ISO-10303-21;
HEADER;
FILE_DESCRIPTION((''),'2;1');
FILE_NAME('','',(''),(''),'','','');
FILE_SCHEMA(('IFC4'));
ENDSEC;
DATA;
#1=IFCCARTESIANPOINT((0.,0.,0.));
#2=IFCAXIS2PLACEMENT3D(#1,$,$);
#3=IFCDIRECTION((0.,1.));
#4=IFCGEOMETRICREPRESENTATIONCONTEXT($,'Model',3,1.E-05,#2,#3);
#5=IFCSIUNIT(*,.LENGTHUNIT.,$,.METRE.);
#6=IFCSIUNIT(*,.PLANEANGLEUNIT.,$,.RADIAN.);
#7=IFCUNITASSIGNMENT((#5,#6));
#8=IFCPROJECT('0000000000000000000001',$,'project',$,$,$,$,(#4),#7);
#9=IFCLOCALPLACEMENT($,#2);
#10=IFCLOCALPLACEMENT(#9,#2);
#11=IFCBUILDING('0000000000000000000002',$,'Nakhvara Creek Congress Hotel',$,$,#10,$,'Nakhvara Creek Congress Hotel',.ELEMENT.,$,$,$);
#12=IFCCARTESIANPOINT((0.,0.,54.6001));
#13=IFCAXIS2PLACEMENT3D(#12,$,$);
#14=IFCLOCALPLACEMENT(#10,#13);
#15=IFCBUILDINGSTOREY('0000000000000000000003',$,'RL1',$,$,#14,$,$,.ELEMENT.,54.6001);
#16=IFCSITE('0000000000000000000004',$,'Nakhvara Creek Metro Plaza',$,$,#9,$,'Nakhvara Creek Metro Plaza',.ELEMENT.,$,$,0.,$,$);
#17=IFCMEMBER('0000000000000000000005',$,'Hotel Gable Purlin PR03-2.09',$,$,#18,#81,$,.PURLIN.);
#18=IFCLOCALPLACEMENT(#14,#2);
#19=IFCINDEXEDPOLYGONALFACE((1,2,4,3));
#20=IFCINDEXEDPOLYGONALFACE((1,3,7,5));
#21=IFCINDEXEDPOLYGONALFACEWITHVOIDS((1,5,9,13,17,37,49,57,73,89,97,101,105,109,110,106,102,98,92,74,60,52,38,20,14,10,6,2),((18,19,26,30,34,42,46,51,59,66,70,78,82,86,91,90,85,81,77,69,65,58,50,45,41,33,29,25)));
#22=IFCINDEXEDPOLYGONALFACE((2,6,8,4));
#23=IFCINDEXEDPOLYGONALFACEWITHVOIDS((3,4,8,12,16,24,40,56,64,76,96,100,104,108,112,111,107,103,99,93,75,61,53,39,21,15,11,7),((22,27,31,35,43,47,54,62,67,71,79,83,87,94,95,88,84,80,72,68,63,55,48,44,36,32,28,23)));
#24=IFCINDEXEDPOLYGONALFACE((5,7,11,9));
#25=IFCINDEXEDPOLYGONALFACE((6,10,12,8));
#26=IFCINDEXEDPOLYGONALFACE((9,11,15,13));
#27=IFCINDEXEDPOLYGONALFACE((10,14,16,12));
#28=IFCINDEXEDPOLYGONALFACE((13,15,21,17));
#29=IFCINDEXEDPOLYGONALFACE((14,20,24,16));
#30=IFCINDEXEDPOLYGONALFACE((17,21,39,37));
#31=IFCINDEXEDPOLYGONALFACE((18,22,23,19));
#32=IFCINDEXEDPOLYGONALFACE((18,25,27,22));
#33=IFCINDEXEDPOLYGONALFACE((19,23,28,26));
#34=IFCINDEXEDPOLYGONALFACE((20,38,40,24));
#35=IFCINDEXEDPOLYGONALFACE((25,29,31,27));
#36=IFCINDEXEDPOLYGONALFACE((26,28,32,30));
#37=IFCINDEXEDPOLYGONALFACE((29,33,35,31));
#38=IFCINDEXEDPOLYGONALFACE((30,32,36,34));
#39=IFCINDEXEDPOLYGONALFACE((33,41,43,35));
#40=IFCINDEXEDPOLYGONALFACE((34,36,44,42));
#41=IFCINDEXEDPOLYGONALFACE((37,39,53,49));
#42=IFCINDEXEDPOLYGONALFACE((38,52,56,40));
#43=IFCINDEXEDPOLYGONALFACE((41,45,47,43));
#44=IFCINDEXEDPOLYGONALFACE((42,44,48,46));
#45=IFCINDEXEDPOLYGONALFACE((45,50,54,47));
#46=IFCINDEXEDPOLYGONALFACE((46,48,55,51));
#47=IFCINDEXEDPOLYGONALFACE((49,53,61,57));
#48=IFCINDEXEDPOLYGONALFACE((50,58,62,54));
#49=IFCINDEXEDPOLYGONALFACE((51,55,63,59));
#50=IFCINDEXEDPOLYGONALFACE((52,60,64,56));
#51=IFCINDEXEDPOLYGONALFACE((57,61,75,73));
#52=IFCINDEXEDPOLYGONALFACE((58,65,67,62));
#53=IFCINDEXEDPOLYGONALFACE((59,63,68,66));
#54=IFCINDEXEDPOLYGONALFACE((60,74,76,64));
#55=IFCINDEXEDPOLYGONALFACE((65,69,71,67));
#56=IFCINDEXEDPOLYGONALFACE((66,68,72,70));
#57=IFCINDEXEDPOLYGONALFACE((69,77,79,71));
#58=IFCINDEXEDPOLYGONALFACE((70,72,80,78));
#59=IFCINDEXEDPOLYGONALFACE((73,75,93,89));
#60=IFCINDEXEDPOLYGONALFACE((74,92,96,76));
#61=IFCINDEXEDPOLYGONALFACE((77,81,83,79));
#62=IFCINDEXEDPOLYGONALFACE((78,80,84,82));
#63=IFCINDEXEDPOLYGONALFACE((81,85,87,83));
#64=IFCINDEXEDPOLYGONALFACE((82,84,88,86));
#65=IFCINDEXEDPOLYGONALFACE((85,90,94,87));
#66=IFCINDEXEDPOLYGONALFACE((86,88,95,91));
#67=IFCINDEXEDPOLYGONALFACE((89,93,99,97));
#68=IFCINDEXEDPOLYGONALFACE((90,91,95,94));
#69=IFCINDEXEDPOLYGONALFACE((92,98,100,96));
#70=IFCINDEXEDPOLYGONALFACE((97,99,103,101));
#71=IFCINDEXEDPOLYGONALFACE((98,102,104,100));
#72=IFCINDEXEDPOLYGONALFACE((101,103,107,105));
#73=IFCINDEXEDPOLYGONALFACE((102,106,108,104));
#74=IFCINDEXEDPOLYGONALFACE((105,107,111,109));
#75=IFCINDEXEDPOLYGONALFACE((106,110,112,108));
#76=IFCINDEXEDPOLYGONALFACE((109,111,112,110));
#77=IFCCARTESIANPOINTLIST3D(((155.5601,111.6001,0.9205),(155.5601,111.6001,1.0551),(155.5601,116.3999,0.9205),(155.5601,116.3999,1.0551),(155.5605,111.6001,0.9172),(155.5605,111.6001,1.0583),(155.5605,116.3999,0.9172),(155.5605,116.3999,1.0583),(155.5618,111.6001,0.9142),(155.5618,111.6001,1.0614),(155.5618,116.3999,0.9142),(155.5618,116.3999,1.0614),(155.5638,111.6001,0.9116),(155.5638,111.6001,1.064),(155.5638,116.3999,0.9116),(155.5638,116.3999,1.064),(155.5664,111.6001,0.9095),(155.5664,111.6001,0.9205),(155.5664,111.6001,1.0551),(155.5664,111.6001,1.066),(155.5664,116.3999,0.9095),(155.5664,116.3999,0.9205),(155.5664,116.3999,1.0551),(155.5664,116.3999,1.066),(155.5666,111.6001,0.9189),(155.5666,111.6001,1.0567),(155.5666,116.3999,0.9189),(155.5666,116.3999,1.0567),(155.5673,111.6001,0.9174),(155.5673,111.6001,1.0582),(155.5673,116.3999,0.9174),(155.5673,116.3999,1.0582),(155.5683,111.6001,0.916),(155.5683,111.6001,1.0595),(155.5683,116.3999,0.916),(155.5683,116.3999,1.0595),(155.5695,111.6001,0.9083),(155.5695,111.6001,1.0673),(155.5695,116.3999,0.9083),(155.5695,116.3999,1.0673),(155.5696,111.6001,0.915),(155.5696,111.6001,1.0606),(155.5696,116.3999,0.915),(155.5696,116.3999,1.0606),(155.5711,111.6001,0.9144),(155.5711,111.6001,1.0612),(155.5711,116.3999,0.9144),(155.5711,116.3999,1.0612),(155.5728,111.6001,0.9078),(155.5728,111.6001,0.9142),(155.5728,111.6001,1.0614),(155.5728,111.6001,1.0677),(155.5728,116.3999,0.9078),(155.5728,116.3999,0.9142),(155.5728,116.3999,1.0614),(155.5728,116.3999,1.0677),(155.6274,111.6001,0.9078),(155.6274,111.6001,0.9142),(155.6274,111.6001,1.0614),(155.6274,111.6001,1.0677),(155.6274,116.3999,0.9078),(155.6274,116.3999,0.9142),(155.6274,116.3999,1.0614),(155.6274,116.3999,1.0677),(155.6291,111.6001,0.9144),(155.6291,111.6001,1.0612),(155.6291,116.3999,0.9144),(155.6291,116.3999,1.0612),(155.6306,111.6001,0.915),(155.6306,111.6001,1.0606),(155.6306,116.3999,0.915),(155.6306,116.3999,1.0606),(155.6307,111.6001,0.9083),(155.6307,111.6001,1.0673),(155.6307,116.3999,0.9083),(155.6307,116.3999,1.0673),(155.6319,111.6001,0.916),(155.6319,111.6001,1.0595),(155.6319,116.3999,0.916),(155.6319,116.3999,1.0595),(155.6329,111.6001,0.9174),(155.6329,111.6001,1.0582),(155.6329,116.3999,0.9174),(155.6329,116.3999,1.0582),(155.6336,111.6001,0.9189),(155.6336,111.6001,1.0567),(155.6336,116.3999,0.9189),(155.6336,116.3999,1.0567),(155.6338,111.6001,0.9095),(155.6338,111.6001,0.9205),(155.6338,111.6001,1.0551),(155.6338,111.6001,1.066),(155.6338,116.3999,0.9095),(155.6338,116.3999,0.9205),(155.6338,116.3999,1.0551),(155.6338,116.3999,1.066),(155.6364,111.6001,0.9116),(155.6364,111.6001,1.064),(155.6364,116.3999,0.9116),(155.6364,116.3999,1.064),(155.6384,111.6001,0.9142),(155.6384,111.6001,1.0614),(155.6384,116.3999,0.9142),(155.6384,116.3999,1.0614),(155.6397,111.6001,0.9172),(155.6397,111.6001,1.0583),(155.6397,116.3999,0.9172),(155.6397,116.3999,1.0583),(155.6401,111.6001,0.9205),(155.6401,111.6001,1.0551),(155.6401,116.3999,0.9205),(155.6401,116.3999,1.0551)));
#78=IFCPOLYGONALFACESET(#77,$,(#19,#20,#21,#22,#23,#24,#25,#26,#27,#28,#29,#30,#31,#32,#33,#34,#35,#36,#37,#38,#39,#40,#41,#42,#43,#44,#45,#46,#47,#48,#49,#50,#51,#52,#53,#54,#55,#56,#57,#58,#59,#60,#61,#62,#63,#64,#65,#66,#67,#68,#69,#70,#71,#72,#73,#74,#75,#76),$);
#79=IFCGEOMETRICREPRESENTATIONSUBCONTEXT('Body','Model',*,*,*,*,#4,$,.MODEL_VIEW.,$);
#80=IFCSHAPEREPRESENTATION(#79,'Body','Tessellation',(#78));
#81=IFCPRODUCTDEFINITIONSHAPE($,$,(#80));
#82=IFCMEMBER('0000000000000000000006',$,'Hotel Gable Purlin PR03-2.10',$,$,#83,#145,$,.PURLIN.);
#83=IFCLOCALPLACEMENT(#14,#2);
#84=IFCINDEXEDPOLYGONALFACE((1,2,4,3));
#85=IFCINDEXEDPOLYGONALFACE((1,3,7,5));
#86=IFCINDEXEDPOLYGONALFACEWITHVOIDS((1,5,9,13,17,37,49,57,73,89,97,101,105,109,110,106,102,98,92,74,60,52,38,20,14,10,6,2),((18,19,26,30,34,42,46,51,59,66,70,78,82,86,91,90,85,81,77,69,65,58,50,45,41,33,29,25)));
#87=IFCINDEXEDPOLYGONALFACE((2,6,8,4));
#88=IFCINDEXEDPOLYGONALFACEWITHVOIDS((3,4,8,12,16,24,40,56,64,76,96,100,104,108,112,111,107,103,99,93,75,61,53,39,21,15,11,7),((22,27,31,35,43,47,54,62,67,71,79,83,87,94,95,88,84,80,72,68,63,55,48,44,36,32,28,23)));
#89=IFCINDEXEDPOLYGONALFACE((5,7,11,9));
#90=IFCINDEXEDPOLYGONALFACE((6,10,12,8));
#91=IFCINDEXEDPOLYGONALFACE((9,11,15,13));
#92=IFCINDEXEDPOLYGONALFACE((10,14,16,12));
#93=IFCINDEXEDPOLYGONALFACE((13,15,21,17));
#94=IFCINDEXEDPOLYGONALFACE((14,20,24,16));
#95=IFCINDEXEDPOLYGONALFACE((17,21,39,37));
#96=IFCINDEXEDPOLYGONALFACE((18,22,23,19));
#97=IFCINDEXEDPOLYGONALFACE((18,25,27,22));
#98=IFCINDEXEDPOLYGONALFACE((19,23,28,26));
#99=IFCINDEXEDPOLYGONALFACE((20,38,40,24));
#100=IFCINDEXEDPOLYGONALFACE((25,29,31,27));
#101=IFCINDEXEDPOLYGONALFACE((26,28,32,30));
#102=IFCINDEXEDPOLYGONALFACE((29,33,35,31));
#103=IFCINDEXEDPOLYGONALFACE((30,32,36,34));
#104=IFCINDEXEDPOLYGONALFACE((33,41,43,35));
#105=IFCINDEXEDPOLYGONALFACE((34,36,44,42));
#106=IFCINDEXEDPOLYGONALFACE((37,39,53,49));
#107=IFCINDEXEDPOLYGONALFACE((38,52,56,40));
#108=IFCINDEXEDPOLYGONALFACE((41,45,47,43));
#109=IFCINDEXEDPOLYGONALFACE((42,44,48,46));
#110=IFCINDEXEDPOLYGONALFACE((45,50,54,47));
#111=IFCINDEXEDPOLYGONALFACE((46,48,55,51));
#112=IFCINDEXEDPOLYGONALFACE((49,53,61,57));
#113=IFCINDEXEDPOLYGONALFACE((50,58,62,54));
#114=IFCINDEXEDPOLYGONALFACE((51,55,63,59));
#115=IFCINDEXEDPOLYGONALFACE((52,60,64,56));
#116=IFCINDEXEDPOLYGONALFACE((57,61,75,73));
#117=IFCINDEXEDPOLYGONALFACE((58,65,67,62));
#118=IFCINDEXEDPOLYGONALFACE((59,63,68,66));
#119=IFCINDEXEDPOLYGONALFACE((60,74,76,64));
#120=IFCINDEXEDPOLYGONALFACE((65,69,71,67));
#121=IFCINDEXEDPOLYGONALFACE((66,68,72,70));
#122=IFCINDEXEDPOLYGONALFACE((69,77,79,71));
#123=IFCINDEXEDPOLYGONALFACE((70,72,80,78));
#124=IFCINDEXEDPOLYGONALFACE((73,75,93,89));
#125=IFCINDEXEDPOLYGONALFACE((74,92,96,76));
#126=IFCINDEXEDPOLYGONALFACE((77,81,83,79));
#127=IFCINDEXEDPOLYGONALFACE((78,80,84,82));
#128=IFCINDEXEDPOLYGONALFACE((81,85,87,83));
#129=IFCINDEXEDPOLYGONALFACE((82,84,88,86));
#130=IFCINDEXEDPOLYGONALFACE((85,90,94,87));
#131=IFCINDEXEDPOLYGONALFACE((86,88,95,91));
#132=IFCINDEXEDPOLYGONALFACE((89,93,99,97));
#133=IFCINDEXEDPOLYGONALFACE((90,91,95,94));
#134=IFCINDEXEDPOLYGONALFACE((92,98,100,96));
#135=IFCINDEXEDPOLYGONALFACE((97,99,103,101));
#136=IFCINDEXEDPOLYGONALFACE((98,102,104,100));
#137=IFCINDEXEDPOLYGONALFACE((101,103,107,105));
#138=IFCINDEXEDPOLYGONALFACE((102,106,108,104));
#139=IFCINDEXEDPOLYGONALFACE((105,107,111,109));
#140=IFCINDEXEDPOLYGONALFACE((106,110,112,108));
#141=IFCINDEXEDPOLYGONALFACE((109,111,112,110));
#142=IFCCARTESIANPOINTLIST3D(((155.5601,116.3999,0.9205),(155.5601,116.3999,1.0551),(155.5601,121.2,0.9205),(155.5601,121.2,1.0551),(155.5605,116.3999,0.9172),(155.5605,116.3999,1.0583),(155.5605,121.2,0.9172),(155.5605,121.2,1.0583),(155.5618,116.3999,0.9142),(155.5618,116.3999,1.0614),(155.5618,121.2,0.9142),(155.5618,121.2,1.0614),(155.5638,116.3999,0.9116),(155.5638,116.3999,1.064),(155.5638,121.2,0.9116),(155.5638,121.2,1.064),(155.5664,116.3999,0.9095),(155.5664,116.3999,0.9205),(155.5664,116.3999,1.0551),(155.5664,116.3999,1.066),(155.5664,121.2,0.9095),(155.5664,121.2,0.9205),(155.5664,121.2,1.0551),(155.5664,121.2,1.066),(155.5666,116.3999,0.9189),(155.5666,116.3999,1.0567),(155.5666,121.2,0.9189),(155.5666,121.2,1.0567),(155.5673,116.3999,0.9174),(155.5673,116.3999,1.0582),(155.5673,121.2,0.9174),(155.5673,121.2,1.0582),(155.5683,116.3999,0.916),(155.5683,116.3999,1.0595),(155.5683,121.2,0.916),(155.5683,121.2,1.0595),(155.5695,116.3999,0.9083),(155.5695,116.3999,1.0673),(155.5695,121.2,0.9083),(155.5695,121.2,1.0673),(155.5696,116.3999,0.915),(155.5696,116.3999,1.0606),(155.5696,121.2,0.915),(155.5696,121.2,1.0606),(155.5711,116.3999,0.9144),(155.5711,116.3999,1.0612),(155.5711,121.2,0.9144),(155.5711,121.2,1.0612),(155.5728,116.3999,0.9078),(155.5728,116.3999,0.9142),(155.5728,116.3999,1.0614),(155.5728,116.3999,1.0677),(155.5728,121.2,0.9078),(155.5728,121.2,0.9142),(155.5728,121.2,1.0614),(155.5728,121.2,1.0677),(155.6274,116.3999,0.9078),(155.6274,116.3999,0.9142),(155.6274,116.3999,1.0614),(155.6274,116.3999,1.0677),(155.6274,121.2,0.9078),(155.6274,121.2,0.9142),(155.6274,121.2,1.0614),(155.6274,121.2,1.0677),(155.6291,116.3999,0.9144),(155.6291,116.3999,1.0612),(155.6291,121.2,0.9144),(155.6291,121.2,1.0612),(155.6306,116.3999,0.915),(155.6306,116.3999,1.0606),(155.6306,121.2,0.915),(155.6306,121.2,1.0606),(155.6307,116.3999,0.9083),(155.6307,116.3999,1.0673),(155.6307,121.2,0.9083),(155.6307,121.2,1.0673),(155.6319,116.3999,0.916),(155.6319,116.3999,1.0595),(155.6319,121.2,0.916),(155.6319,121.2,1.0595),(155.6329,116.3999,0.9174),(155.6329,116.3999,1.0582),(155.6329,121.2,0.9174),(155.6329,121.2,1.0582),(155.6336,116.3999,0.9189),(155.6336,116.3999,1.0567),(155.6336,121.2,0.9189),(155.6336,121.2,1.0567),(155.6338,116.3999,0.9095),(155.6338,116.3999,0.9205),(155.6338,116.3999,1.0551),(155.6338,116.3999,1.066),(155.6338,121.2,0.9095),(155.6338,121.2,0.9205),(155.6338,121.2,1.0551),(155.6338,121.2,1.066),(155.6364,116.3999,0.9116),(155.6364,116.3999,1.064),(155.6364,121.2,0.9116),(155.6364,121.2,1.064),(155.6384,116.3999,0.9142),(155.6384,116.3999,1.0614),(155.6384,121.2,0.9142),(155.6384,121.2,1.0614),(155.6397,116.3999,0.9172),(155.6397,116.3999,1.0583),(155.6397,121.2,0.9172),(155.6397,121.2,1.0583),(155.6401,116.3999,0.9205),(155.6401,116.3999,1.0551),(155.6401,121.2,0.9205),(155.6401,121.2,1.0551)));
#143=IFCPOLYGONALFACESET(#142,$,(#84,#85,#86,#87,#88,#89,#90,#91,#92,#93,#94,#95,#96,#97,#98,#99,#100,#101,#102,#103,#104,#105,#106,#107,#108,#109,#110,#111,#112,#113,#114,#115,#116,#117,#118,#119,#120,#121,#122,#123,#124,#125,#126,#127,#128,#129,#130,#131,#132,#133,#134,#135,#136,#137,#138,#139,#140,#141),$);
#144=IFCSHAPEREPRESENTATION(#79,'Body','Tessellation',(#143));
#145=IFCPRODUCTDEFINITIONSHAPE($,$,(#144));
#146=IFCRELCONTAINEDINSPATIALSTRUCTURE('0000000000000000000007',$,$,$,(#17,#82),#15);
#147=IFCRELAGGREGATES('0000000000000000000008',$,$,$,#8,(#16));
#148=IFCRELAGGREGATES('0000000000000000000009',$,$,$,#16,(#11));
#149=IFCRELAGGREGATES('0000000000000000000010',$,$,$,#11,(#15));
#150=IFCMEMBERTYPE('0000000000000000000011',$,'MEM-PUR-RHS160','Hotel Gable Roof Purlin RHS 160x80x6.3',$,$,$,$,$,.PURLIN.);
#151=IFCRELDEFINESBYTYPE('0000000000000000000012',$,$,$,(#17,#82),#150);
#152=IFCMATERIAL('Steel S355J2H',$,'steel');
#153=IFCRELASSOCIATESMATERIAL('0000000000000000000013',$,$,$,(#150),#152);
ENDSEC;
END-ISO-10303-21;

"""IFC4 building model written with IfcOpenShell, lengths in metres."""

from ifc_helpers import new_model, si_unit, direction, frame, origin, origin_2d, place, context, subcontext, project, spatial, hollow_rectangle, extrude, material, material_profile, profile_set, type_object, element, save


model = new_model("IFC4")

# Units and contexts
model_context = context("Model", 3, precision=1e-05, world=origin(), true_north=direction((0.0, 1.0)))
body_context = subcontext(model_context, "Body", "Model", "MODEL_VIEW")
ifc_project = project(units=[si_unit("LENGTHUNIT", "METRE"), si_unit("PLANEANGLEUNIT", "RADIAN")], contexts=[model_context])

# Site, building, storey
site_placement = place(None, origin())
site = spatial("IfcSite", under=ifc_project, at=site_placement, Name="Nakhvara Creek Metro Plaza", LongName="Nakhvara Creek Metro Plaza", CompositionType="ELEMENT", RefElevation=0.0)
building_placement = place(site_placement, origin())
building = spatial("IfcBuilding", under=site, at=building_placement, Name="Nakhvara Creek Congress Hotel", LongName="Nakhvara Creek Congress Hotel", CompositionType="ELEMENT")
storey_placement = place(building_placement, frame((0.0, 0.0, 54.6001)))
storey = spatial("IfcBuildingStorey", under=building, at=storey_placement, Name="RL1", CompositionType="ELEMENT", Elevation=54.6001)

# Members
ifc_material_1 = material(Name="Steel S355J2H", Category="steel")
ifc_material_profile_1 = material_profile(ifc_material_1, hollow_rectangle(XDim=0.0801, YDim=0.1599, WallThickness=0.0063, InnerFilletRadius=0.0063, OuterFilletRadius=0.0127, at=origin_2d()), Name="RHS 160x80x6.3", Category="LoadBearing")
ifc_profile_set_1 = profile_set([ifc_material_profile_1], Name="Steel S355J2H")
member_type_1 = type_object("IfcMemberType", Name="MEM-PUR-RHS160", Description="Hotel Gable Roof Purlin RHS 160x80x6.3", PredefinedType="PURLIN", material=ifc_profile_set_1)
member_1_placement = place(storey_placement, frame((155.6001, 111.6001, 0.9878), z_axis=(0.0, 1.0, 0.0), x_axis=(-1.0, 0.0, 0.0)))
element("IfcMember", 1, at=member_1_placement, inside=storey, type_object=member_type_1, Name="Hotel Gable Purlin PR03-2.09", PredefinedType="PURLIN", context=body_context, shape_type="SweptSolid", body=[
    extrude(hollow_rectangle(XDim=0.0801, YDim=0.1599, WallThickness=0.0063, InnerFilletRadius=0.0063, OuterFilletRadius=0.0127, at=origin_2d()), origin(), (0.0, 0.0, 1.0), 4.7998),
])
for number, where, z_axis, x_axis, name in (
    (2, (155.6001, 116.3999, 0.9878), (0.0, 1.0, 0.0), (-1.0, 0.0, 0.0), "Hotel Gable Purlin PR03-2.10"),
):
    element("IfcMember", number, at=place(storey_placement, frame(where, z_axis=z_axis, x_axis=x_axis)), inside=storey, type_object=member_type_1, Name=name, PredefinedType="PURLIN", context=body_context, shape_type="SweptSolid", body=[
        extrude(hollow_rectangle(XDim=0.0801, YDim=0.1599, WallThickness=0.0063, InnerFilletRadius=0.0063, OuterFilletRadius=0.0127, at=origin_2d()), origin(), (0.0, 0.0, 1.0), 4.8),
    ])

save(model, "model.ifc")
